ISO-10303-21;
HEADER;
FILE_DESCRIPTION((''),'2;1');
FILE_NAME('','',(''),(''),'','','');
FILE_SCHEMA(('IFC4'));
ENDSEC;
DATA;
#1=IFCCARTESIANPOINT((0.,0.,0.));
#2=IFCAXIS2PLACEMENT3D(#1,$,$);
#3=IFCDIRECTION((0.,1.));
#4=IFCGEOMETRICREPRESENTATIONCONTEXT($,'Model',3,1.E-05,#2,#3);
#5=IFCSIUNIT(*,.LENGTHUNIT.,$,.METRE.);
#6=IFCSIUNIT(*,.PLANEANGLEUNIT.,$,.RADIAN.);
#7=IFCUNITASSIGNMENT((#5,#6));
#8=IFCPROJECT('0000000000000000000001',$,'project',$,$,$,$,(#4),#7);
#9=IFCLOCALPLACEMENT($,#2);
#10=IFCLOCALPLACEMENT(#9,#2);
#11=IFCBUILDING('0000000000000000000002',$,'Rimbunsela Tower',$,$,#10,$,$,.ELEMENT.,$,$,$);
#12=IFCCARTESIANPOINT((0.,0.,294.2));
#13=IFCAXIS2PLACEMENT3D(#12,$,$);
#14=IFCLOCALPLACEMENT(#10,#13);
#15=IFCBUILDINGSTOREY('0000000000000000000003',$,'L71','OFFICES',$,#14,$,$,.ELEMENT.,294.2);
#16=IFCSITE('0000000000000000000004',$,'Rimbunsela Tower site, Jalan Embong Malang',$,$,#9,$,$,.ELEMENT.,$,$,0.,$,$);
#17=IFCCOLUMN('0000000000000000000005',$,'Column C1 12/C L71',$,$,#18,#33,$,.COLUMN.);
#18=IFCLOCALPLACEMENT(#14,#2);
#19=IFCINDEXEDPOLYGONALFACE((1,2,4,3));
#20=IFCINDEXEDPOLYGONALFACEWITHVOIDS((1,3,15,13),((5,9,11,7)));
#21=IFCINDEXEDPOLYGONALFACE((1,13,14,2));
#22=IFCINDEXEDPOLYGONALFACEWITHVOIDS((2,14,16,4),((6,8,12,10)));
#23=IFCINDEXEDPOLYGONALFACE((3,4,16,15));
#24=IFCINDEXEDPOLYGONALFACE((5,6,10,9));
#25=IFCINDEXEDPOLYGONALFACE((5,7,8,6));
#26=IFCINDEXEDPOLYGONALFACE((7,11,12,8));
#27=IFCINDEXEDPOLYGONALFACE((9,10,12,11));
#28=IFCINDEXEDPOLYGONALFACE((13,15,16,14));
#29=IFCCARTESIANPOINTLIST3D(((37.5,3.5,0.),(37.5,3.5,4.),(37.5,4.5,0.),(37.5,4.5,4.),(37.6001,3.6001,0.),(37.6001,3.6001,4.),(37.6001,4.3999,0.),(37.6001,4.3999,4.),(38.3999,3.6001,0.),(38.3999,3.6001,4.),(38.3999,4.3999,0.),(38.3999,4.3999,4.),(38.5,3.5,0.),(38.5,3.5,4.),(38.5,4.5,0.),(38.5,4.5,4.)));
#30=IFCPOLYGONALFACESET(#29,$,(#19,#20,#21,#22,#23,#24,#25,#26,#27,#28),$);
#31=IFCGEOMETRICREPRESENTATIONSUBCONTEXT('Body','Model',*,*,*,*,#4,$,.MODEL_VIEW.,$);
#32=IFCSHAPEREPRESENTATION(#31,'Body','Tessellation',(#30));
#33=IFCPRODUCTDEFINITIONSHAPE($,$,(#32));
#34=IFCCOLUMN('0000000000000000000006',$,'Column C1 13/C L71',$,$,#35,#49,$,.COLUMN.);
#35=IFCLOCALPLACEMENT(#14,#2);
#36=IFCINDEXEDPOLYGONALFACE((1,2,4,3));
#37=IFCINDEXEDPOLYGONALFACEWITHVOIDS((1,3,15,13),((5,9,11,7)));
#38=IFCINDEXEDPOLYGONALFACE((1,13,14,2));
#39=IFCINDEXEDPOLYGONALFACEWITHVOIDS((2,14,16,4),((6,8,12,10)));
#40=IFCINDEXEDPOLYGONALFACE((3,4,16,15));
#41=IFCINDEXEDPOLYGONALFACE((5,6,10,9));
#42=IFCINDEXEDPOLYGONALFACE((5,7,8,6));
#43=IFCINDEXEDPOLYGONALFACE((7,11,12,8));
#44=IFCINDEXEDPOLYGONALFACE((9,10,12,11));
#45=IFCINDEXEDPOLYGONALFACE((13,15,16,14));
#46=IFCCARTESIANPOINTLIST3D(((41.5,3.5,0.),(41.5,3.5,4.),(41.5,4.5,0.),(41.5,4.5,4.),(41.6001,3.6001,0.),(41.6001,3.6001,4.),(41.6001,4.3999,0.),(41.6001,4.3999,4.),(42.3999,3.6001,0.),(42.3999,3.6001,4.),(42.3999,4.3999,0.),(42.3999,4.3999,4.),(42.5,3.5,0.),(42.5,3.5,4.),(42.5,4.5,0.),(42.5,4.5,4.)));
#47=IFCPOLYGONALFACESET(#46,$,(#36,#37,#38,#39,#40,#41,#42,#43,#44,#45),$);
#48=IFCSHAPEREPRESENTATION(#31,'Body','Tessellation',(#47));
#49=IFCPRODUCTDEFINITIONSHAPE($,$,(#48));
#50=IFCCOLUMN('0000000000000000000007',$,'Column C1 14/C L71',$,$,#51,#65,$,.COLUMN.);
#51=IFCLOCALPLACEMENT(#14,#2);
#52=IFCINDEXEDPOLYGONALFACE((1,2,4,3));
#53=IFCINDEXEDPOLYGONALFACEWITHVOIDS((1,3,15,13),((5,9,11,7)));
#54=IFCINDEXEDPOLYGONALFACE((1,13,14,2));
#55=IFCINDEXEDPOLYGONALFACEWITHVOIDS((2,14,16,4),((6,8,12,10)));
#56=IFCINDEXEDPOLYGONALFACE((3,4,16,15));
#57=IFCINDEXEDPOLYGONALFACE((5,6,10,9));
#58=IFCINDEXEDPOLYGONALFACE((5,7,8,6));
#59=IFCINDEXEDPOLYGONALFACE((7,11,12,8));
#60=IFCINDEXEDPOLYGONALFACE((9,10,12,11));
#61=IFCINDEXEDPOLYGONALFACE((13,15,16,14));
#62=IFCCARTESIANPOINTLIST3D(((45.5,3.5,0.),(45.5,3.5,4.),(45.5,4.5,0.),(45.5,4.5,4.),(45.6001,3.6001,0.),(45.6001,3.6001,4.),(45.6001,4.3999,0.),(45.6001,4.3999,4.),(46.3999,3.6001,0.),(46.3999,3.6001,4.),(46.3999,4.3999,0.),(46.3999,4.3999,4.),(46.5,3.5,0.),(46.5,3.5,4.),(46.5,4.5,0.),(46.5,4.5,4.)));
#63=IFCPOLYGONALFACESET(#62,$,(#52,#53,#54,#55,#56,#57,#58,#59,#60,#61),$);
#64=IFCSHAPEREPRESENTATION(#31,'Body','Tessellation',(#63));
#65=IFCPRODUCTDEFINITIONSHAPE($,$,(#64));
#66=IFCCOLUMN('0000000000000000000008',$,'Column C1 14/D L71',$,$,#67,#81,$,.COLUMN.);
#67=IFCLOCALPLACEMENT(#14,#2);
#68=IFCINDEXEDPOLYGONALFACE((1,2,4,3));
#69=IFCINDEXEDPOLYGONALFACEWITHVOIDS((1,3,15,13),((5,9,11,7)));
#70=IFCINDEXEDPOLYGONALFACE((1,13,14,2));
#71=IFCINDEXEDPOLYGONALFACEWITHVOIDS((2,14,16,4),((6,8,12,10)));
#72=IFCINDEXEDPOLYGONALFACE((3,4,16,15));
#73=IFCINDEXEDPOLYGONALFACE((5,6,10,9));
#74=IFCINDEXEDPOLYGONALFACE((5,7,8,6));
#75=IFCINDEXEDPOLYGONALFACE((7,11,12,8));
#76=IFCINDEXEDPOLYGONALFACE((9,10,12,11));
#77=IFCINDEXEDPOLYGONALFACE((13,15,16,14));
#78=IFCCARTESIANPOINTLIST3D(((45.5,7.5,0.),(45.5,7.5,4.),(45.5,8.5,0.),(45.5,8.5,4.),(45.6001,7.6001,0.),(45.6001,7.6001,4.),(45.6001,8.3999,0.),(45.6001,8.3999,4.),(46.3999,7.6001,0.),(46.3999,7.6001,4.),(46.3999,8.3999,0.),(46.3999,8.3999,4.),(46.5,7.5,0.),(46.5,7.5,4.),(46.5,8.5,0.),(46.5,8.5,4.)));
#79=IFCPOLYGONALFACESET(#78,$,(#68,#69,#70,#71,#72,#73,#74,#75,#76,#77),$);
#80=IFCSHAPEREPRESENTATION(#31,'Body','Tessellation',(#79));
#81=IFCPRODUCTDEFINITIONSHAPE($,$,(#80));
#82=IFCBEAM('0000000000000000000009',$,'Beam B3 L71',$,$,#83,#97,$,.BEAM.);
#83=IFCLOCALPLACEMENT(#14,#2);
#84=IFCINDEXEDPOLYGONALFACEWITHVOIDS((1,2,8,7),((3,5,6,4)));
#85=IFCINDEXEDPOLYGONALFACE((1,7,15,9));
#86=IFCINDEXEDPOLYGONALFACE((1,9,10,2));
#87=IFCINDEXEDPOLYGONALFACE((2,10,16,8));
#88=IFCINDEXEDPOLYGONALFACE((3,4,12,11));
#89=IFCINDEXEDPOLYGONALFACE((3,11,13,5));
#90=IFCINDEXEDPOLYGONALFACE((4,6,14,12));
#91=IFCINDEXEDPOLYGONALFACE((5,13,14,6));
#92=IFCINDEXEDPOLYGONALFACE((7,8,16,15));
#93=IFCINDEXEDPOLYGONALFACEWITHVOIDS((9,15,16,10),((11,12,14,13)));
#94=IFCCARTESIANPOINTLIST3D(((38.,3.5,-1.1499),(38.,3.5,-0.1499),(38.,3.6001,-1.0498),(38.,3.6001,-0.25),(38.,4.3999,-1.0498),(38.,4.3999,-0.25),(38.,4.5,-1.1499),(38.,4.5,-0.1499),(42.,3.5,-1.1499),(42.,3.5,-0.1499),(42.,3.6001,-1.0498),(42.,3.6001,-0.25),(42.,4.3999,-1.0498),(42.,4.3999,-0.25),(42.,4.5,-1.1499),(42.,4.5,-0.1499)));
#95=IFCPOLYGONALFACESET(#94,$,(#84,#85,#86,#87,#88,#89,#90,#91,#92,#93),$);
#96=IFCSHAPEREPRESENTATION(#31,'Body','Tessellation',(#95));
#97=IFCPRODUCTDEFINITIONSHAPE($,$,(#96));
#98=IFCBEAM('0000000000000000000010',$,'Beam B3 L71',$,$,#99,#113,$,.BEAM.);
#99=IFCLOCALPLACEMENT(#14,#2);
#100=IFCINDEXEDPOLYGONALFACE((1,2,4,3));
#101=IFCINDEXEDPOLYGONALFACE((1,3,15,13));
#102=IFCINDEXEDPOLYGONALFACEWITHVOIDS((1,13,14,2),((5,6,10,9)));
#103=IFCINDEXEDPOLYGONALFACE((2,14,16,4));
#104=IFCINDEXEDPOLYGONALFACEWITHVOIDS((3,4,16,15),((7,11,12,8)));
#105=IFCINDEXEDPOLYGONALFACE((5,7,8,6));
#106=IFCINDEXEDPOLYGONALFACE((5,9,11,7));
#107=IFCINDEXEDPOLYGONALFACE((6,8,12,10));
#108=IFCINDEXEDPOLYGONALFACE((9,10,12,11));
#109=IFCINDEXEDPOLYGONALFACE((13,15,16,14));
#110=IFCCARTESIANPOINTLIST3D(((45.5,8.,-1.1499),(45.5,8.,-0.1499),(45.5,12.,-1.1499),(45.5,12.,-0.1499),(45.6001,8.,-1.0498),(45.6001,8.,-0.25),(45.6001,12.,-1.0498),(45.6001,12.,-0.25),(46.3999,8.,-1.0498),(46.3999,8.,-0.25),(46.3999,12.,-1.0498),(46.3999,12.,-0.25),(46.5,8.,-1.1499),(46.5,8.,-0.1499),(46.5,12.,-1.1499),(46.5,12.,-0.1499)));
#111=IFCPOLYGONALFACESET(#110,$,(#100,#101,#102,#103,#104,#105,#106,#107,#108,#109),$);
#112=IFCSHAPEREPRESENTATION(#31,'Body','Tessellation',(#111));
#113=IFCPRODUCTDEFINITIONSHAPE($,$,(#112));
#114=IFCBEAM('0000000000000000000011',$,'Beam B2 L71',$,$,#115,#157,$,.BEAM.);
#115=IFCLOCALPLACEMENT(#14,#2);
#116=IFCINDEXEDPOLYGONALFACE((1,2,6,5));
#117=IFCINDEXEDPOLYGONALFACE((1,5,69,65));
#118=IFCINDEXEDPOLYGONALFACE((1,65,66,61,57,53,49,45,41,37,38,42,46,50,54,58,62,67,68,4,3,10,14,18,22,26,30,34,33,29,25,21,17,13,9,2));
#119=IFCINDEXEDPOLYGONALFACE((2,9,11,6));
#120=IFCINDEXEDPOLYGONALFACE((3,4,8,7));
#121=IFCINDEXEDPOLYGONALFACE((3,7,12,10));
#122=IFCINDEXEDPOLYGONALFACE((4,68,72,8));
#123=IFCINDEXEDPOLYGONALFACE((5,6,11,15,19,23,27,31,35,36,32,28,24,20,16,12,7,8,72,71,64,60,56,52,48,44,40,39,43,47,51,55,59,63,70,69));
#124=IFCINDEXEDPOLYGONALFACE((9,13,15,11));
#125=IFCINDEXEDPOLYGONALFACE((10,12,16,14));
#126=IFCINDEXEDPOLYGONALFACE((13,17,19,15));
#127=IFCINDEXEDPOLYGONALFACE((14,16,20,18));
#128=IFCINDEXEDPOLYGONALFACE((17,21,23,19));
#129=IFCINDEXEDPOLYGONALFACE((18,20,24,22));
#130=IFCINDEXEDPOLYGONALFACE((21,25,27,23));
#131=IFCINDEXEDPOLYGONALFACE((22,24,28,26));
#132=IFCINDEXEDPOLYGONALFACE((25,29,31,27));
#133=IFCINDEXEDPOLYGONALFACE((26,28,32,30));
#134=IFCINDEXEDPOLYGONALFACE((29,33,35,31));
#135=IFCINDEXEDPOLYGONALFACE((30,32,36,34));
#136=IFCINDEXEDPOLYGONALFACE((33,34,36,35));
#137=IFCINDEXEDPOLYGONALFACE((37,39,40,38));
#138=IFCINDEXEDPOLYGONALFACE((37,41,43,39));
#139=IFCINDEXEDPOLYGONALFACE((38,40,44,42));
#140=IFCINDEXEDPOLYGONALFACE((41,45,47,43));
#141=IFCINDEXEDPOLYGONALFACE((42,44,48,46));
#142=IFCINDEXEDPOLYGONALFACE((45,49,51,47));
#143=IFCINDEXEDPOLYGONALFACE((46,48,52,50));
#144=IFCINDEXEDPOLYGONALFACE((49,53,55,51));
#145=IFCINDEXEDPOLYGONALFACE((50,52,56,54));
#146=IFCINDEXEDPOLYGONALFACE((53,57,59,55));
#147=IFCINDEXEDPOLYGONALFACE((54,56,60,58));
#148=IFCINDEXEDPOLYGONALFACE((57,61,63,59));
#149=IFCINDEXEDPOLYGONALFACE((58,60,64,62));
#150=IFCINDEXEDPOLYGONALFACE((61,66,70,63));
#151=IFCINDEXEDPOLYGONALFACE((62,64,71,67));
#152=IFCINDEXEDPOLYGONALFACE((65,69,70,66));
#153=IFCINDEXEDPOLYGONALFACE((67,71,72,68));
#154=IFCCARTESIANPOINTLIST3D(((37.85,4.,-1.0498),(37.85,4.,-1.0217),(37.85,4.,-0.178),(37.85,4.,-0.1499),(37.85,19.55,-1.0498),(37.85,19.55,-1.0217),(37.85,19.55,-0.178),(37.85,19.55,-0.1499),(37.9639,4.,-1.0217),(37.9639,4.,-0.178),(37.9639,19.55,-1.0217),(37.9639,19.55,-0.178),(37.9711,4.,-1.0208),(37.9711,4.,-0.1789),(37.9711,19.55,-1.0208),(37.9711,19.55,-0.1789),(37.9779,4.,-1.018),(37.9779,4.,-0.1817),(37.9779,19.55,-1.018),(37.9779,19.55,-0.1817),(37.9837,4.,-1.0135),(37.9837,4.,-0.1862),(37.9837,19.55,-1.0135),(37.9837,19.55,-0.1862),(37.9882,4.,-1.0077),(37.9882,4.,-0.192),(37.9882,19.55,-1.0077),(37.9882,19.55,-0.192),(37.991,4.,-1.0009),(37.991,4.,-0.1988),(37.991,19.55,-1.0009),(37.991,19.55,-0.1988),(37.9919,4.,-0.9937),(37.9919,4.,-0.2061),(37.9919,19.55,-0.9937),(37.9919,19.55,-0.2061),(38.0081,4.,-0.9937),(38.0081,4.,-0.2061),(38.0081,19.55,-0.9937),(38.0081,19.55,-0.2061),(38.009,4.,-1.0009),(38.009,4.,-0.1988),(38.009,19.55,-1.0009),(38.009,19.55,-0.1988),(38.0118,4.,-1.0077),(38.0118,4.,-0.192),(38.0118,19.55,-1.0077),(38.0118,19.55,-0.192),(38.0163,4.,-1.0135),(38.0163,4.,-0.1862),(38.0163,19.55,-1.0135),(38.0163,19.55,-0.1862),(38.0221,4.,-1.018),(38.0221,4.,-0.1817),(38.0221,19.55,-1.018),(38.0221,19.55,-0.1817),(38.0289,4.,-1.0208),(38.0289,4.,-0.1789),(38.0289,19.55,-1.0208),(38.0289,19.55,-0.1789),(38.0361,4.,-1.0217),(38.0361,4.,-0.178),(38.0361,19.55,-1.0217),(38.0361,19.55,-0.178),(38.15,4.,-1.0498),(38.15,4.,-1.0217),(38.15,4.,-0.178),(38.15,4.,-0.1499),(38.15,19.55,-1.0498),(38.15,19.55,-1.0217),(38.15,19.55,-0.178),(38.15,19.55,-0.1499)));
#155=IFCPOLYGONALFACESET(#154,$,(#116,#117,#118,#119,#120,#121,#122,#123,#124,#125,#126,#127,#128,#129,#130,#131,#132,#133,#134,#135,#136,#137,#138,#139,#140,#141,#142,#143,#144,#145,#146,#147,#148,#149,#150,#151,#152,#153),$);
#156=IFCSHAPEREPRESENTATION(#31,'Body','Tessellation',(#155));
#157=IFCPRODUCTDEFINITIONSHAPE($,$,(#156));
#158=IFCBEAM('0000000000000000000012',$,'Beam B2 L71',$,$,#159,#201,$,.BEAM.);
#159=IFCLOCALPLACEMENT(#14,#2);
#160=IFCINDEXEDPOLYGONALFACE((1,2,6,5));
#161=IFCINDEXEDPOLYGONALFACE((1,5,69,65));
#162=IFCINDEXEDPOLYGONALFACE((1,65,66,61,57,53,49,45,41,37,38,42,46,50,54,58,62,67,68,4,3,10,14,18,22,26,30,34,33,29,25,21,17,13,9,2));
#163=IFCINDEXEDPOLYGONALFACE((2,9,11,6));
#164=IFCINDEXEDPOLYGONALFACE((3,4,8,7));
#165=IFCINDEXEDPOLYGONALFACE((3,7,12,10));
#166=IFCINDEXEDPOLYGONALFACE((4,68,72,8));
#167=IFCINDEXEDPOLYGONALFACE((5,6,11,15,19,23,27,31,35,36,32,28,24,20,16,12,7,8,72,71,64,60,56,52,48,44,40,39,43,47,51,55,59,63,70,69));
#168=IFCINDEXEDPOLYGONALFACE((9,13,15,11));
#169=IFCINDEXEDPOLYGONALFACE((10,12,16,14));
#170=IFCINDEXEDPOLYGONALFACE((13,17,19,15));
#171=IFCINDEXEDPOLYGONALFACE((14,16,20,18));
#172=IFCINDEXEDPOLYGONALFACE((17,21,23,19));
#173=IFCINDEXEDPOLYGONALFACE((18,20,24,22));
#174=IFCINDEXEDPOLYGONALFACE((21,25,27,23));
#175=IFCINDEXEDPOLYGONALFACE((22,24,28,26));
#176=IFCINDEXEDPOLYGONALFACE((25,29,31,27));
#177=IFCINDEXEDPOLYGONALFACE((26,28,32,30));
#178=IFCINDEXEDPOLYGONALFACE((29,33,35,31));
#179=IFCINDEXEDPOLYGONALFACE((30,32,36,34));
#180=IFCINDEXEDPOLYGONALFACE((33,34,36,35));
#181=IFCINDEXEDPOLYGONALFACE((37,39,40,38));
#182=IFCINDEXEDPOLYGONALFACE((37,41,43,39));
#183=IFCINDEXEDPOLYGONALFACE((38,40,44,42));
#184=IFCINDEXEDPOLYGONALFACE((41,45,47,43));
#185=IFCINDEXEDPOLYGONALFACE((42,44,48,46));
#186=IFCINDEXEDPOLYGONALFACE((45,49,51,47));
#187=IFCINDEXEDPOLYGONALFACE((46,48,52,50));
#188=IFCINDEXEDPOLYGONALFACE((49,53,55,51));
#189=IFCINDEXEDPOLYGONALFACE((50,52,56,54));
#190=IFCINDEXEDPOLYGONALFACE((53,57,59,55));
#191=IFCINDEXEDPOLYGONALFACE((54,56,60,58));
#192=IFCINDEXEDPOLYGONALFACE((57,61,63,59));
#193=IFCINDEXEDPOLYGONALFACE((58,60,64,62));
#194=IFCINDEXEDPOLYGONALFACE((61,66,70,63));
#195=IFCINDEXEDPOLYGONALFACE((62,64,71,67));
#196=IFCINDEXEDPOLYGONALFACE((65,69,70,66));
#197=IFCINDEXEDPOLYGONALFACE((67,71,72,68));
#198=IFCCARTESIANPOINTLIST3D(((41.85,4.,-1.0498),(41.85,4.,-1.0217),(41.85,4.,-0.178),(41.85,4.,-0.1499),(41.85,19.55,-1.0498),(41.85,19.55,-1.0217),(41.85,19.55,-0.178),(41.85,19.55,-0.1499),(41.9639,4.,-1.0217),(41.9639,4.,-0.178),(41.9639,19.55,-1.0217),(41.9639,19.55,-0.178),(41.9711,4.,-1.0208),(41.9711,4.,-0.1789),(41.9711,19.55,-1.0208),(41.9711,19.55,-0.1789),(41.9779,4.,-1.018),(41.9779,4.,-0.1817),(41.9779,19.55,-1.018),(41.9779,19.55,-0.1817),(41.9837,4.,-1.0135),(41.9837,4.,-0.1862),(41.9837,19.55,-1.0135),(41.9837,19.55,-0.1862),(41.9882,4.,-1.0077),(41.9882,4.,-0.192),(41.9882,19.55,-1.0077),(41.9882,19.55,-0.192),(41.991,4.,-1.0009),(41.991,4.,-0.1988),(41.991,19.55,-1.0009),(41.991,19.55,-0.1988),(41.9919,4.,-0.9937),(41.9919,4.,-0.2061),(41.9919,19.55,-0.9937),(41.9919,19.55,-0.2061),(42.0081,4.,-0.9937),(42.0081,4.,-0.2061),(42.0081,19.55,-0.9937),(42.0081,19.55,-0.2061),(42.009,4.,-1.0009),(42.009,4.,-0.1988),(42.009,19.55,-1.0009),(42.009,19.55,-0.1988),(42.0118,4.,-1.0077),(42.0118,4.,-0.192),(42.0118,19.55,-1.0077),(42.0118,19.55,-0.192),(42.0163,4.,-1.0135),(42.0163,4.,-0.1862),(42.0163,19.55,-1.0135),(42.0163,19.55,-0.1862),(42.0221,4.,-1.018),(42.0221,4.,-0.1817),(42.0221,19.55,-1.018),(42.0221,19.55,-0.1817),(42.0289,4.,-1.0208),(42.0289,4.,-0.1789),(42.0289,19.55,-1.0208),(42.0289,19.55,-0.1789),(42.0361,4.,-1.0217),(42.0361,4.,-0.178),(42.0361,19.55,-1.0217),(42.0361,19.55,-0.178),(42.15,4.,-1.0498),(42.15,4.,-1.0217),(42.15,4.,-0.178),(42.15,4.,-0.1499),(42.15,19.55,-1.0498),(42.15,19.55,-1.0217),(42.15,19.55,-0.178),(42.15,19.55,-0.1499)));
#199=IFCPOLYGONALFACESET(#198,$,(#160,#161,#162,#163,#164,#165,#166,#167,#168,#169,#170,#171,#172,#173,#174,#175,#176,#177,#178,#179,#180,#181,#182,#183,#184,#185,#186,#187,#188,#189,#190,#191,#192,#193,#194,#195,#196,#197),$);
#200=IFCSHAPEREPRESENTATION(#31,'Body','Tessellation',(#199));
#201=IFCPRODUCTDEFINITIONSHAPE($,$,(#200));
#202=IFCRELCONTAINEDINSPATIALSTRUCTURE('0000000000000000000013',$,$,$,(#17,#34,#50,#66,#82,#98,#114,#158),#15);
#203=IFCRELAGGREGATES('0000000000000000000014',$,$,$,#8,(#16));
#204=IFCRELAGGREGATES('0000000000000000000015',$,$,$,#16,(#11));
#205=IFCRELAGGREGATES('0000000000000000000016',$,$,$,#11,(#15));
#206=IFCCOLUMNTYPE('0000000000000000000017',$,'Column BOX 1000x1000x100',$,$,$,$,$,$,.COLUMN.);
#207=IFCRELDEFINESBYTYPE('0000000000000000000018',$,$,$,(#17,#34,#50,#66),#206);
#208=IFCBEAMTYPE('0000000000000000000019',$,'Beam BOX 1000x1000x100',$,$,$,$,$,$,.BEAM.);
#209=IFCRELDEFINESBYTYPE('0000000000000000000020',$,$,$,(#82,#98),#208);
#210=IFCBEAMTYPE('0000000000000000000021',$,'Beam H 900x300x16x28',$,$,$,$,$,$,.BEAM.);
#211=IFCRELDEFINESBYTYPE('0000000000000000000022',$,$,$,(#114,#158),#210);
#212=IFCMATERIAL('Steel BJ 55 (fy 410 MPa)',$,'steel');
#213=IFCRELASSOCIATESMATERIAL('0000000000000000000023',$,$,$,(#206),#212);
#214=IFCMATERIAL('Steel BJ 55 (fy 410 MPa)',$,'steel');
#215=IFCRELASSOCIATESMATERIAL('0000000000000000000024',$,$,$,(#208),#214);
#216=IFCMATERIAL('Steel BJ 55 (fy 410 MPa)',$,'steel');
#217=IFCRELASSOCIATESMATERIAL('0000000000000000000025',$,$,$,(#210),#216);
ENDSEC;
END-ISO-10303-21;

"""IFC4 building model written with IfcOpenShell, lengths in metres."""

from ifc_helpers import new_model, si_unit, direction, frame, origin, origin_2d, place, context, subcontext, project, spatial, hollow_rectangle, i_section, extrude, material, material_profile, profile_set, type_object, element, save


model = new_model("IFC4")

# Units and contexts
model_context = context("Model", 3, precision=1e-05, world=origin(), true_north=direction((0.0, 1.0)))
body_context = subcontext(model_context, "Body", "Model", "MODEL_VIEW")
ifc_project = project(units=[si_unit("LENGTHUNIT", "METRE"), si_unit("PLANEANGLEUNIT", "RADIAN")], contexts=[model_context])

# Site, building, storey
site_placement = place(None, origin())
site = spatial("IfcSite", under=ifc_project, at=site_placement, Name="Rimbunsela Tower site, Jalan Embong Malang", CompositionType="ELEMENT", RefElevation=0.0)
building_placement = place(site_placement, origin())
building = spatial("IfcBuilding", under=site, at=building_placement, Name="Rimbunsela Tower", CompositionType="ELEMENT")
storey_placement = place(building_placement, frame((0.0, 0.0, 294.2)))
storey = spatial("IfcBuildingStorey", under=building, at=storey_placement, Name="L71", Description="OFFICES", CompositionType="ELEMENT", Elevation=294.2)

# Columns
ifc_material_1 = material(Name="Steel BJ 55 (fy 410 MPa)", Category="steel")
ifc_material_profile_1 = material_profile(ifc_material_1, hollow_rectangle(XDim=1.0, YDim=1.0, WallThickness=0.1001, at=origin_2d()), Name="BOX 1000x1000x100")
ifc_profile_set_1 = profile_set([ifc_material_profile_1], Name="Steel BJ 55 (fy 410 MPa)")
column_type = type_object("IfcColumnType", Name="Column BOX 1000x1000x100", PredefinedType="COLUMN", material=ifc_profile_set_1)
for number, where, z_axis, x_axis, name in (
    (1, (38.0, 4.0, 0.0), (0.0, 0.0, 1.0), (1.0, 0.0, 0.0), "Column C1 12/C L71"),
    (2, (42.0, 4.0, 0.0), (0.0, 0.0, 1.0), (1.0, 0.0, 0.0), "Column C1 13/C L71"),
    (3, (46.0, 4.0, 0.0), (0.0, 0.0, 1.0), (1.0, 0.0, 0.0), "Column C1 14/C L71"),
    (4, (46.0, 8.0, 0.0), (0.0, 0.0, 1.0), (1.0, 0.0, 0.0), "Column C1 14/D L71"),
):
    element("IfcColumn", number, at=place(storey_placement, frame(where, z_axis=z_axis, x_axis=x_axis)), inside=storey, type_object=column_type, Name=name, PredefinedType="COLUMN", context=body_context, shape_type="SweptSolid", body=[
        extrude(hollow_rectangle(XDim=1.0, YDim=1.0, WallThickness=0.1001, at=origin_2d()), origin(), (0.0, 0.0, 1.0), 4.0),
    ])

# Beams
ifc_material_2 = material(Name="Steel BJ 55 (fy 410 MPa)", Category="steel")
ifc_material_profile_2 = material_profile(ifc_material_2, hollow_rectangle(XDim=1.0, YDim=1.0, WallThickness=0.1001, at=origin_2d()), Name="BOX 1000x1000x100")
ifc_profile_set_2 = profile_set([ifc_material_profile_2], Name="Steel BJ 55 (fy 410 MPa)")
beam_type_1 = type_object("IfcBeamType", Name="Beam BOX 1000x1000x100", PredefinedType="BEAM", material=ifc_profile_set_2)
for number, where, z_axis, x_axis, name in (
    (5, (38.0, 4.0, -0.6499), (1.0, 0.0, 0.0), (0.0, 1.0, 0.0), "Beam B3 L71"),
    (6, (46.0, 8.0, -0.6499), (0.0, 1.0, 0.0), (-1.0, 0.0, 0.0), "Beam B3 L71"),
):
    element("IfcBeam", number, at=place(storey_placement, frame(where, z_axis=z_axis, x_axis=x_axis)), inside=storey, type_object=beam_type_1, Name=name, PredefinedType="BEAM", context=body_context, shape_type="SweptSolid", body=[
        extrude(hollow_rectangle(XDim=1.0, YDim=1.0, WallThickness=0.1001, at=origin_2d()), origin(), (0.0, 0.0, 1.0), 4.0),
    ])
ifc_material_3 = material(Name="Steel BJ 55 (fy 410 MPa)", Category="steel")
ifc_material_profile_3 = material_profile(ifc_material_3, i_section(OverallWidth=0.3, OverallDepth=0.8999, WebThickness=0.0161, FlangeThickness=0.0281, FilletRadius=0.0281, at=origin_2d()), Name="H 900x300x16x28")
ifc_profile_set_3 = profile_set([ifc_material_profile_3], Name="Steel BJ 55 (fy 410 MPa)")
beam_type_2 = type_object("IfcBeamType", Name="Beam H 900x300x16x28", PredefinedType="BEAM", material=ifc_profile_set_3)
for number, where, z_axis, x_axis, name in (
    (7, (38.0, 4.0, -0.5999), (0.0, 1.0, 0.0), (-1.0, 0.0, 0.0), "Beam B2 L71"),
    (8, (42.0, 4.0, -0.5999), (0.0, 1.0, 0.0), (-1.0, 0.0, 0.0), "Beam B2 L71"),
):
    element("IfcBeam", number, at=place(storey_placement, frame(where, z_axis=z_axis, x_axis=x_axis)), inside=storey, type_object=beam_type_2, Name=name, PredefinedType="BEAM", context=body_context, shape_type="SweptSolid", body=[
        extrude(i_section(OverallWidth=0.3, OverallDepth=0.8999, WebThickness=0.0161, FlangeThickness=0.0281, FilletRadius=0.0281, at=origin_2d()), origin(), (0.0, 0.0, 1.0), 15.55),
    ])

save(model, "model.ifc")
